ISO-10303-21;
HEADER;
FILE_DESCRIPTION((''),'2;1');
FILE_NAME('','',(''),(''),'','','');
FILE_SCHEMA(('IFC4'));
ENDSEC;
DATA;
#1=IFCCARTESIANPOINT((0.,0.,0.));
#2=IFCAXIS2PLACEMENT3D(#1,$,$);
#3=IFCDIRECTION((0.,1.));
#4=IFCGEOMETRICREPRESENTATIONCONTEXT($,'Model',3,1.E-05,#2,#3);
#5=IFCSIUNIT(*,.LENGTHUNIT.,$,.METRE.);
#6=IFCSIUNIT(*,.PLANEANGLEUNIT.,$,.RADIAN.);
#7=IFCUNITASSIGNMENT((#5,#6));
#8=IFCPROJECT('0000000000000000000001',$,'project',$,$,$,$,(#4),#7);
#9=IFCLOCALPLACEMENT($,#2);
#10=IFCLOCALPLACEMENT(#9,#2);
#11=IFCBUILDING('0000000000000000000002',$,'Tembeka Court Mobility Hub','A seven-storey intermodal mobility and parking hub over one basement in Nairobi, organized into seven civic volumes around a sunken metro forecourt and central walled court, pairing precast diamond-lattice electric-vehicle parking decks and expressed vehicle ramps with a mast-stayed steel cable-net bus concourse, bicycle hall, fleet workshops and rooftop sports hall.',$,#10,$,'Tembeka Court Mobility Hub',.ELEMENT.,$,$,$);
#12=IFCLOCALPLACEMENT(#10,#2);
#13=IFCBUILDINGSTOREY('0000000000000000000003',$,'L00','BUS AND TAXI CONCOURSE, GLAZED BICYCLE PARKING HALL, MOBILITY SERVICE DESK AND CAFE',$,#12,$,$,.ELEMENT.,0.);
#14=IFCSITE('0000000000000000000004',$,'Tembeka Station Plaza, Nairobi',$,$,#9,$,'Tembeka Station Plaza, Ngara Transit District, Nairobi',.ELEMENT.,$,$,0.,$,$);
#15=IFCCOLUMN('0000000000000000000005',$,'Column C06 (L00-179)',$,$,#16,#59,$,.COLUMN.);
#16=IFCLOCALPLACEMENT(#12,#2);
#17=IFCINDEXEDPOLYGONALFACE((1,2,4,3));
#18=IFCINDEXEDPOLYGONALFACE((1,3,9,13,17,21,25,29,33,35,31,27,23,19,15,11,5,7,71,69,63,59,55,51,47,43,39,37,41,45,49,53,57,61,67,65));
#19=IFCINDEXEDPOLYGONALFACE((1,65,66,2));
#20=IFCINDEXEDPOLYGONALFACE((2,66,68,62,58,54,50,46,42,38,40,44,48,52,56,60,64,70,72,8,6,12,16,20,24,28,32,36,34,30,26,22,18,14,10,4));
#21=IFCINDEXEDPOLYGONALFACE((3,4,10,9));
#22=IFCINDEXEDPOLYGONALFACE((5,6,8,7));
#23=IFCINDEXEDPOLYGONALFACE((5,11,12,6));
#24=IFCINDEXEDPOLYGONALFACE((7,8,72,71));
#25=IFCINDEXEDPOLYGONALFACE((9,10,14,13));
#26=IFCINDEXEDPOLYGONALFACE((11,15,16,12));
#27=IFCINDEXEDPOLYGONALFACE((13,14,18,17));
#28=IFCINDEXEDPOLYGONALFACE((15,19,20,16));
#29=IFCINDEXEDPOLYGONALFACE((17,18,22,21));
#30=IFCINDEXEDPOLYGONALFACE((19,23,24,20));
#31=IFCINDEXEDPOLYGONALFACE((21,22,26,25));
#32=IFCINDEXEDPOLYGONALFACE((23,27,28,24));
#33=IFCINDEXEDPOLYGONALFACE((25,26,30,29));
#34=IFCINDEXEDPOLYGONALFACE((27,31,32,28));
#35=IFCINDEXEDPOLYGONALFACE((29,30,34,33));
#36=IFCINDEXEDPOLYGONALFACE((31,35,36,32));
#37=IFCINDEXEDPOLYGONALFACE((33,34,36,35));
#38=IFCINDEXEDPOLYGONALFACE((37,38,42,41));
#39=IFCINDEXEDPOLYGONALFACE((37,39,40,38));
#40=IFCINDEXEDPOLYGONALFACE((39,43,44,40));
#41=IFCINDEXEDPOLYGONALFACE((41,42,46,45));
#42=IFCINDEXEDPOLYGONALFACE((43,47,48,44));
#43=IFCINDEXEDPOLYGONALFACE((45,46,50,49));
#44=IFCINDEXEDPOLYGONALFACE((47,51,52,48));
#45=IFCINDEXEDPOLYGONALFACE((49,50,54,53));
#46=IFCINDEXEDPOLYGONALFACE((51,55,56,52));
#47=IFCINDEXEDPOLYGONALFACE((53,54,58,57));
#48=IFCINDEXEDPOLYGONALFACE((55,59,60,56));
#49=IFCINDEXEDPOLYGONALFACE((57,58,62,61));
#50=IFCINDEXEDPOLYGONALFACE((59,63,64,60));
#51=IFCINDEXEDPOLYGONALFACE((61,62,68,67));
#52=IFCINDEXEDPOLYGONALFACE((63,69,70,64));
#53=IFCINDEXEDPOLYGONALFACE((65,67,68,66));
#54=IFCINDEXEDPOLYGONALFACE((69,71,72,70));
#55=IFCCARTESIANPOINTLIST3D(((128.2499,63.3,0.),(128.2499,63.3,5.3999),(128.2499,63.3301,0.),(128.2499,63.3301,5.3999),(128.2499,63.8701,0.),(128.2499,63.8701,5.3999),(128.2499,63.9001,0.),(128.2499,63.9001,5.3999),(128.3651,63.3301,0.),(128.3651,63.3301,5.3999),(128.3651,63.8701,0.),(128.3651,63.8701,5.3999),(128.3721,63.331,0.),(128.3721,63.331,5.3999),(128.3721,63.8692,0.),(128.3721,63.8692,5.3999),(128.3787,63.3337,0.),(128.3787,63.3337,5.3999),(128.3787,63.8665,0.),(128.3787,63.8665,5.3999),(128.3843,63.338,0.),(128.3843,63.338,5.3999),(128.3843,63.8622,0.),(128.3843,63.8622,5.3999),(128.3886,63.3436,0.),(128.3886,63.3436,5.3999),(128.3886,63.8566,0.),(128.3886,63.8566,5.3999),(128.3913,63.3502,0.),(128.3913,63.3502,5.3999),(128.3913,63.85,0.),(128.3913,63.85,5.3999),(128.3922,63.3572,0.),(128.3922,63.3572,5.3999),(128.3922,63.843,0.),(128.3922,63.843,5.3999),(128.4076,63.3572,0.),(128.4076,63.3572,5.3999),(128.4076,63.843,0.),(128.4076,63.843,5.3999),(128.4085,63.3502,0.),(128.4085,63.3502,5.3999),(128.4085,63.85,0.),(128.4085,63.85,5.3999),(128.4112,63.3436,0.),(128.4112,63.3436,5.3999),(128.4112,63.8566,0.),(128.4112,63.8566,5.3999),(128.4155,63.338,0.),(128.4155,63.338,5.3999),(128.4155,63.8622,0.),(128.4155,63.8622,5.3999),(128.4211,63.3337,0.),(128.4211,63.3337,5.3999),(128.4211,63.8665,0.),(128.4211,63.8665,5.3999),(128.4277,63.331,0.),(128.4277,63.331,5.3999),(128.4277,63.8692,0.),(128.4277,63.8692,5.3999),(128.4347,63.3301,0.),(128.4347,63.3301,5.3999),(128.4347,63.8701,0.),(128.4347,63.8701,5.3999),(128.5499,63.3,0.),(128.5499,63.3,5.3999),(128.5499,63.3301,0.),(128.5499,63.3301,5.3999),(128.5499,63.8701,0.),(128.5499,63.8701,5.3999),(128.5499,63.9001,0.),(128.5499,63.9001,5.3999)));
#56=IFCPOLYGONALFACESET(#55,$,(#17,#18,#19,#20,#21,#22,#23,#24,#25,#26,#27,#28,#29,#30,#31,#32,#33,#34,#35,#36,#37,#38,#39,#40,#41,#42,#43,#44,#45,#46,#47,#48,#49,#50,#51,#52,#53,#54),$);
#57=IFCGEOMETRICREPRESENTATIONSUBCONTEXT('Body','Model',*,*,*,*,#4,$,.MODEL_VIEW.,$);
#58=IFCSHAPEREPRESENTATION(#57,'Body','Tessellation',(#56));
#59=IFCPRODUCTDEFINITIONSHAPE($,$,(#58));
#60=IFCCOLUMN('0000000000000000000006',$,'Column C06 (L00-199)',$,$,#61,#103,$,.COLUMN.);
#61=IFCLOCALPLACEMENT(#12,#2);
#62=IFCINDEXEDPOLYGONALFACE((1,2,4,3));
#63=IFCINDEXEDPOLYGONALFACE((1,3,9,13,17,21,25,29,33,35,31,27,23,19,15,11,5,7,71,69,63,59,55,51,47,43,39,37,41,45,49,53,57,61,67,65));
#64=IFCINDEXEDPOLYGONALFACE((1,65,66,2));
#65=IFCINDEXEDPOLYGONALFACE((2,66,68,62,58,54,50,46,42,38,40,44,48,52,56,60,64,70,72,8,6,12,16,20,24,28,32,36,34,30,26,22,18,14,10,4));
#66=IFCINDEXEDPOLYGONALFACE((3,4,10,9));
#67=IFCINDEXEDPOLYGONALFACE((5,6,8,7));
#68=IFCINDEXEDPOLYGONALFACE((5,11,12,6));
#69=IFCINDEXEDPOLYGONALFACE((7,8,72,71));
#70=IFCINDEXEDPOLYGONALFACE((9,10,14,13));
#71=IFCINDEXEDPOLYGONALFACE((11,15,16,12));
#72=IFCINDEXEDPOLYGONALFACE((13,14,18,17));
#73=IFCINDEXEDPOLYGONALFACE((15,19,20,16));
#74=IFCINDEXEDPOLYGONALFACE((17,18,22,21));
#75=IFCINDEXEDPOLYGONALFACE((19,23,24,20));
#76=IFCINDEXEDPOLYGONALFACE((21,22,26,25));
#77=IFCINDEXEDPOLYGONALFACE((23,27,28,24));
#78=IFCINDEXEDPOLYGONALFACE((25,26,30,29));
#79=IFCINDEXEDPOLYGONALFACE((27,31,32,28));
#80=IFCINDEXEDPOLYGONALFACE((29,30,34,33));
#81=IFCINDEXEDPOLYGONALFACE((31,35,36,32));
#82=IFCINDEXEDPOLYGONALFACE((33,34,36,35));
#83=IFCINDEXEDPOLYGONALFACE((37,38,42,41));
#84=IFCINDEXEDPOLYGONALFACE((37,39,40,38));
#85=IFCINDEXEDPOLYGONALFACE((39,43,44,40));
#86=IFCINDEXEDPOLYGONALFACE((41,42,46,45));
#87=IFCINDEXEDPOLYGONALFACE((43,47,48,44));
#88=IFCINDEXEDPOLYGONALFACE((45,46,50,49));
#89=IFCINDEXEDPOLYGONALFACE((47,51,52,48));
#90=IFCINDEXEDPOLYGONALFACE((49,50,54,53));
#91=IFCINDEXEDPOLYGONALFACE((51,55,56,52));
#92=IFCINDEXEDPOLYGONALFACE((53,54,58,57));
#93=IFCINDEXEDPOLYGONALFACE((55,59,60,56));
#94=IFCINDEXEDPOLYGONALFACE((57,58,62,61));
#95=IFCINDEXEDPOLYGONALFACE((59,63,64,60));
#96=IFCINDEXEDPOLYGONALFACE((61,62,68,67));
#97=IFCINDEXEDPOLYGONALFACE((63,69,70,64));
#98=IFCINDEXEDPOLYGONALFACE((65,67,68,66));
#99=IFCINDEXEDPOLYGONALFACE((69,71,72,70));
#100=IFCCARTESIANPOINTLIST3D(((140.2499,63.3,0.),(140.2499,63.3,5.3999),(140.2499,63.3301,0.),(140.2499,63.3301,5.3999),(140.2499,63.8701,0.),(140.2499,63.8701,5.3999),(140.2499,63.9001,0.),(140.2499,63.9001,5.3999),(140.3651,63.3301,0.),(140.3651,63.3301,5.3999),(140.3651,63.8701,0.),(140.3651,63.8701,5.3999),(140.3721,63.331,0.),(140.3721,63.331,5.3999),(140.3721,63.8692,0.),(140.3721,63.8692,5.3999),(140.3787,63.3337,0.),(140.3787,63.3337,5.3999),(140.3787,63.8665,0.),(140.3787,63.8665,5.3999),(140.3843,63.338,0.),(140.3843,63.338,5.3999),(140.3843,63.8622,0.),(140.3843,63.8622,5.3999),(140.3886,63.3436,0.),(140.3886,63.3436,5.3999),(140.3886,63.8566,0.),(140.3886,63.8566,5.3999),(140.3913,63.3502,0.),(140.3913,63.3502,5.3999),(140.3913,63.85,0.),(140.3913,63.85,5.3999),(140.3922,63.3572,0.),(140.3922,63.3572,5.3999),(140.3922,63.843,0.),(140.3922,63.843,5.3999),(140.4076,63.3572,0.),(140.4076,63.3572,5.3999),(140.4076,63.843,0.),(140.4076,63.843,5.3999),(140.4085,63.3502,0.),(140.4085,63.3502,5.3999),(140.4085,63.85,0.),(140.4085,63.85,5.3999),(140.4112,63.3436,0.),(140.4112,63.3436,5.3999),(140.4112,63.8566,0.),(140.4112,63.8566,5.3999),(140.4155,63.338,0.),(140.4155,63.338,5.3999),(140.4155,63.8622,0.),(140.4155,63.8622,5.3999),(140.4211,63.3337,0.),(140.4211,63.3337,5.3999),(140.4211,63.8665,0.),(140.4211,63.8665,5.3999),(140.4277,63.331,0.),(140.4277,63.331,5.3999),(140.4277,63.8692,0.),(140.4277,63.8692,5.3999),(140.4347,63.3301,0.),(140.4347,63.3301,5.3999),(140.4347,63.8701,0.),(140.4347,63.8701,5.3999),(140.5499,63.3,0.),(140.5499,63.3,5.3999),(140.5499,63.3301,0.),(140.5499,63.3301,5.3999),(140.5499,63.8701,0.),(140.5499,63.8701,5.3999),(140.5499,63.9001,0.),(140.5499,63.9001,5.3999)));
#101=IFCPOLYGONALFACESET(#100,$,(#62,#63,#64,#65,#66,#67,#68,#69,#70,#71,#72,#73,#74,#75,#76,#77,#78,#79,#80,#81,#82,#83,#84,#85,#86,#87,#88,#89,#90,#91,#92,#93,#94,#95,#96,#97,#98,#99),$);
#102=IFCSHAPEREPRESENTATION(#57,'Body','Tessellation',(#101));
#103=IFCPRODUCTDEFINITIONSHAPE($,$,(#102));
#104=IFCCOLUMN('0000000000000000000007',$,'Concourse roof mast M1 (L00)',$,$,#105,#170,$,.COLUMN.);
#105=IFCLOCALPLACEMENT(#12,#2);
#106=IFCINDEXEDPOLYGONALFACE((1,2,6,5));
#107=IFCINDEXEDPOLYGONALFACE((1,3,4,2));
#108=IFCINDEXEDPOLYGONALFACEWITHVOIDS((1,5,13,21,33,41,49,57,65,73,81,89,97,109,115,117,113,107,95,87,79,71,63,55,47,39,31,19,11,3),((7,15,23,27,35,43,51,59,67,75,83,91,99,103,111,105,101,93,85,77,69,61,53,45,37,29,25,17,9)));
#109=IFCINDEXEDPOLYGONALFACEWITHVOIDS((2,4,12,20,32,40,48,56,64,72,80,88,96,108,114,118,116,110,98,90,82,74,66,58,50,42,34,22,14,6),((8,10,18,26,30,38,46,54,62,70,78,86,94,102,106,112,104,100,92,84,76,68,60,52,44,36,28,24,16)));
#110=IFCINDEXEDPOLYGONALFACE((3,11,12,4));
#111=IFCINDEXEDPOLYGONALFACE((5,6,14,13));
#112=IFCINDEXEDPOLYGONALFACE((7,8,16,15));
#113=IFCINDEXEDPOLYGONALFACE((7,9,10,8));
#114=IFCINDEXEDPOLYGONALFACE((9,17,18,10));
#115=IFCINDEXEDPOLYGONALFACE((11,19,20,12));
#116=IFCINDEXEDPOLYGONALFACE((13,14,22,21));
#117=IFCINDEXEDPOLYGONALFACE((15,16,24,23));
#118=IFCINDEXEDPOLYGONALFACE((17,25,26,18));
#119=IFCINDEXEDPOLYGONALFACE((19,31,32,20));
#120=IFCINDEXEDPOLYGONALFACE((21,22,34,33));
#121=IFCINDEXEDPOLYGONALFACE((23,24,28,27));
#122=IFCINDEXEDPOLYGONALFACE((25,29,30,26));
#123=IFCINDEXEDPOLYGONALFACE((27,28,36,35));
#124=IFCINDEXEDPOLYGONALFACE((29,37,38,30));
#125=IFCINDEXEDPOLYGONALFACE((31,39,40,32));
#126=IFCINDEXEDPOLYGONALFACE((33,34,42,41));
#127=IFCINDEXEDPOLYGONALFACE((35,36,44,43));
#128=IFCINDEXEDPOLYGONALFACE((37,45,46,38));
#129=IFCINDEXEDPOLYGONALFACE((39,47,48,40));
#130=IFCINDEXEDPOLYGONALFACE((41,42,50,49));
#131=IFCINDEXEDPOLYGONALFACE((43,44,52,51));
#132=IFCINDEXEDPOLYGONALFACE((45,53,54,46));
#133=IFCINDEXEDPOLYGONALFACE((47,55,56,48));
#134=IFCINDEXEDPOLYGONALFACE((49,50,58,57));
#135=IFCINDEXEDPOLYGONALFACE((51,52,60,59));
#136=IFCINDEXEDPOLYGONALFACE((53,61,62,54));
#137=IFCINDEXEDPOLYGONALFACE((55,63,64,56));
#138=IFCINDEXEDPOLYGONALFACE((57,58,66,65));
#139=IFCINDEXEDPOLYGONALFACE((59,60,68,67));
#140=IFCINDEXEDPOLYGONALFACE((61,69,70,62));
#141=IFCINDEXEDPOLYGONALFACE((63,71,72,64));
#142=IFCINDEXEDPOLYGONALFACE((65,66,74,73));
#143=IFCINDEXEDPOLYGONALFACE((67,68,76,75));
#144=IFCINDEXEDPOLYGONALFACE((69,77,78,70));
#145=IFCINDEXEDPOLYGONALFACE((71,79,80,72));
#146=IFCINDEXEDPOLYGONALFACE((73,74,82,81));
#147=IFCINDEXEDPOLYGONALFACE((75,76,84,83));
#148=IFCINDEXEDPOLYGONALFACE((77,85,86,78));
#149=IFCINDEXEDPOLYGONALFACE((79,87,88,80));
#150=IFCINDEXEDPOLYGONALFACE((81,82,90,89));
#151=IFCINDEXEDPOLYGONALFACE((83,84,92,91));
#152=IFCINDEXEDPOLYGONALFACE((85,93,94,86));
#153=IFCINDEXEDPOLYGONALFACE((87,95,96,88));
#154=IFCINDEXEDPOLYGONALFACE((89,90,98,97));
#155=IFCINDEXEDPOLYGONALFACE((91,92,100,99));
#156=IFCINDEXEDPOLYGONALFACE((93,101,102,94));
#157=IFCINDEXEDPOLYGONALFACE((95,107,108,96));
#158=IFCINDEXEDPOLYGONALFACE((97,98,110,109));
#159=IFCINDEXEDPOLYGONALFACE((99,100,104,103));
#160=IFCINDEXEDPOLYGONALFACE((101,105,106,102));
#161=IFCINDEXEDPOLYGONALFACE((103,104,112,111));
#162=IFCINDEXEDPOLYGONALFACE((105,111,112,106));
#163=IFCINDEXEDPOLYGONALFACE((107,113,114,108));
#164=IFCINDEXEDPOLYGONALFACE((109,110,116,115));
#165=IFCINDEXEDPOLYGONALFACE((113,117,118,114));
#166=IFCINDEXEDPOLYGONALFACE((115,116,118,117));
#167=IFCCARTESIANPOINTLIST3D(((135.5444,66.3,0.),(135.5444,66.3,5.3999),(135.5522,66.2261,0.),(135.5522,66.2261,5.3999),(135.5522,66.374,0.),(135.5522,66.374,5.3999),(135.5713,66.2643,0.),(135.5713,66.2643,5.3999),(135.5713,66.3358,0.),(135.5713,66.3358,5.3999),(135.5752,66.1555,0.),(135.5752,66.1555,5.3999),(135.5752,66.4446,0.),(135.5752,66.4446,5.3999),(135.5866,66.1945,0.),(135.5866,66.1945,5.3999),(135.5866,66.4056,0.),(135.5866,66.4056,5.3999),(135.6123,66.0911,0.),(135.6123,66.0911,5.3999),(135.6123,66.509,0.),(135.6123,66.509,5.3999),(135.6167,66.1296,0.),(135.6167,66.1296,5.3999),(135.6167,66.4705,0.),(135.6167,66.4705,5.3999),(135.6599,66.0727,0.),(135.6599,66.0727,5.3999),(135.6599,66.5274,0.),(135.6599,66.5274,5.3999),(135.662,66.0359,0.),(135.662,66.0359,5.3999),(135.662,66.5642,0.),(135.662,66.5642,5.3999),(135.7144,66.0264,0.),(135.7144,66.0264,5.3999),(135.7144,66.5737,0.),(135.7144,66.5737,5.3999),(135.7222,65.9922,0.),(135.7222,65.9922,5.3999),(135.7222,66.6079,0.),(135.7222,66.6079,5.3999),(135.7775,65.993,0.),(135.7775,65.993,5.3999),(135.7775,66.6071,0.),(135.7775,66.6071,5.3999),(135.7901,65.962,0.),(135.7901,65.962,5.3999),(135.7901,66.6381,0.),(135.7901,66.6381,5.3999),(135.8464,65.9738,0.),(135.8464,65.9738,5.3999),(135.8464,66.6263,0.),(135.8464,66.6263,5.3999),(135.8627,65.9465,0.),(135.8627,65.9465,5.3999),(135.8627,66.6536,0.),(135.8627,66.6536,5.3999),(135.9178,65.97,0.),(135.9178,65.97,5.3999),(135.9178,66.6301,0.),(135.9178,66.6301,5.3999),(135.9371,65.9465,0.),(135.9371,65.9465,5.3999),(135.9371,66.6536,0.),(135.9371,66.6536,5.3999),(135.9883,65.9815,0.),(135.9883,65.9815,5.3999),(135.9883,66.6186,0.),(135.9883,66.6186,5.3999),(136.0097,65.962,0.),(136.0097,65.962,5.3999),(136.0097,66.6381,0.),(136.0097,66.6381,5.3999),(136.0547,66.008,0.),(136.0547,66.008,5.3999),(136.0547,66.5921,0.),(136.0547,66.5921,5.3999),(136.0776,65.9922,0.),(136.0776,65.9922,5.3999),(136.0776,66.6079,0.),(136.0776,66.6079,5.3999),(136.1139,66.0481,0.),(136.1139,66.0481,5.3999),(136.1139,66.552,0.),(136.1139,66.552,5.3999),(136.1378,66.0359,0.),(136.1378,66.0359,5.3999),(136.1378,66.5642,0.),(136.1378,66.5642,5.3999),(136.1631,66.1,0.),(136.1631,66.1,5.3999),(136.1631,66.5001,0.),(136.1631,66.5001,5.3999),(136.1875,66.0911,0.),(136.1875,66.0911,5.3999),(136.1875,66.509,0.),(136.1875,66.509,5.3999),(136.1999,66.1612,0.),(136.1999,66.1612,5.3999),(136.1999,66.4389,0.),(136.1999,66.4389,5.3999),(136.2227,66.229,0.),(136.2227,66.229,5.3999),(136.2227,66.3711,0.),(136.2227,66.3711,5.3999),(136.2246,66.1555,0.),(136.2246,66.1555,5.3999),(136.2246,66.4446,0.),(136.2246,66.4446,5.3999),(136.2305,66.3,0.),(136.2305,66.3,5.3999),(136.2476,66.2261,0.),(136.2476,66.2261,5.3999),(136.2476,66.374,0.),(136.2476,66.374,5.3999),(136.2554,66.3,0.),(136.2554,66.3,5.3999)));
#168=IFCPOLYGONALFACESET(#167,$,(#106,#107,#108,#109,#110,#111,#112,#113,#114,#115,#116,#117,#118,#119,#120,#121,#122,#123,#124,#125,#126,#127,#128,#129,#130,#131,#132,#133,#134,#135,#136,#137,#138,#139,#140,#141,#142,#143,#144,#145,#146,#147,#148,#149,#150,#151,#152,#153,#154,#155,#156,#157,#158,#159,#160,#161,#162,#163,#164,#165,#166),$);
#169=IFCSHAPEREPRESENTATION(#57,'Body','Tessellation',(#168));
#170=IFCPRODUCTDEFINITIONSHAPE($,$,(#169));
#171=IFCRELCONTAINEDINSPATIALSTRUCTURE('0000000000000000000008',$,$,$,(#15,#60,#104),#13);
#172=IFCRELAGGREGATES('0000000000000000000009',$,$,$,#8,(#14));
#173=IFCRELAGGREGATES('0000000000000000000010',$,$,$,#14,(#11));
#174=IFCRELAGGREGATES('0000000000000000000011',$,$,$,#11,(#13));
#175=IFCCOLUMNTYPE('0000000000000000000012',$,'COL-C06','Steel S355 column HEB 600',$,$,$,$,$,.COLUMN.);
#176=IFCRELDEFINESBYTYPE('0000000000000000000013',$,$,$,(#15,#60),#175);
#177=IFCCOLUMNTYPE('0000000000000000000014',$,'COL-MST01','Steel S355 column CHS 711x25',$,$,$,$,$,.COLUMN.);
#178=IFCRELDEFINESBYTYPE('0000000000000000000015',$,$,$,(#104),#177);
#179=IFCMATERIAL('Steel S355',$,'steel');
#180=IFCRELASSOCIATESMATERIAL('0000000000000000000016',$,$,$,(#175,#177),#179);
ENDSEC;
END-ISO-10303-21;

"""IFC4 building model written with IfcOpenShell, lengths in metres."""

from ifc_helpers import new_model, si_unit, direction, frame, origin, origin_2d, place, context, subcontext, project, spatial, hollow_circle, i_section, extrude, material, material_profile, profile_set, type_object, element, save


model = new_model("IFC4")

# Units and contexts
model_context = context("Model", 3, precision=1e-05, world=origin(), true_north=direction((0.0, 1.0)))
body_context = subcontext(model_context, "Body", "Model", "MODEL_VIEW")
ifc_project = project(units=[si_unit("LENGTHUNIT", "METRE"), si_unit("PLANEANGLEUNIT", "RADIAN")], contexts=[model_context])

# Site, building, storey
site_placement = place(None, origin())
site = spatial("IfcSite", under=ifc_project, at=site_placement, Name="Tembeka Station Plaza, Nairobi", LongName="Tembeka Station Plaza, Ngara Transit District, Nairobi", CompositionType="ELEMENT", RefElevation=0.0)
building_placement = place(site_placement, origin())
building = spatial("IfcBuilding", under=site, at=building_placement, Name="Tembeka Court Mobility Hub", Description="A seven-storey intermodal mobility and parking hub over one basement in Nairobi, organized into seven civic volumes around a sunken metro forecourt and central walled court, pairing precast diamond-lattice electric-vehicle parking decks and expressed vehicle ramps with a mast-stayed steel cable-net bus concourse, bicycle hall, fleet workshops and rooftop sports hall.", LongName="Tembeka Court Mobility Hub", CompositionType="ELEMENT")
storey_placement = place(building_placement, origin())
storey = spatial("IfcBuildingStorey", under=building, at=storey_placement, Name="L00", Description="BUS AND TAXI CONCOURSE, GLAZED BICYCLE PARKING HALL, MOBILITY SERVICE DESK AND CAFE", CompositionType="ELEMENT", Elevation=0.0)

# Columns
ifc_material_1 = material(Name="Steel S355", Category="steel")
ifc_material_profile_1 = material_profile(ifc_material_1, i_section(OverallWidth=0.3, OverallDepth=0.6001, WebThickness=0.0154, FlangeThickness=0.03, FilletRadius=0.0271, at=origin_2d()), Name="HEB 600")
ifc_profile_set_1 = profile_set([ifc_material_profile_1], Name="Steel S355")
column_type_1 = type_object("IfcColumnType", Name="COL-C06", Description="Steel S355 column HEB 600", PredefinedType="COLUMN", material=ifc_profile_set_1)
for number, where, z_axis, x_axis, name in (
    (1, (128.3999, 63.6001, 0.0), (0.0, 0.0, 1.0), (1.0, 0.0, 0.0), "Column C06 (L00-179)"),
    (2, (140.3999, 63.6001, 0.0), (0.0, 0.0, 1.0), (1.0, 0.0, 0.0), "Column C06 (L00-199)"),
):
    element("IfcColumn", number, at=place(storey_placement, frame(where, z_axis=z_axis, x_axis=x_axis)), inside=storey, type_object=column_type_1, Name=name, PredefinedType="COLUMN", context=body_context, shape_type="SweptSolid", body=[
        extrude(i_section(OverallWidth=0.3, OverallDepth=0.6001, WebThickness=0.0154, FlangeThickness=0.03, FilletRadius=0.0271, at=origin_2d()), origin(), (0.0, 0.0, 1.0), 5.3999),
    ])
ifc_material_profile_2 = material_profile(ifc_material_1, hollow_circle(Radius=0.3555, WallThickness=0.0249, at=origin_2d()), Name="CHS 711x25")
ifc_profile_set_2 = profile_set([ifc_material_profile_2], Name="Steel S355")
column_type_2 = type_object("IfcColumnType", Name="COL-MST01", Description="Steel S355 column CHS 711x25", PredefinedType="COLUMN", material=ifc_profile_set_2)
column_placement = place(storey_placement, frame((135.8999, 66.3, 0.0), z_axis=(0.0, 0.0, 1.0), x_axis=(1.0, 0.0, 0.0)))
element("IfcColumn", 3, at=column_placement, inside=storey, type_object=column_type_2, Name="Concourse roof mast M1 (L00)", PredefinedType="COLUMN", context=body_context, shape_type="SweptSolid", body=[
    extrude(hollow_circle(Radius=0.3555, WallThickness=0.0249, at=origin_2d()), origin(), (0.0, 0.0, 1.0), 5.3999),
])

save(model, "model.ifc")
